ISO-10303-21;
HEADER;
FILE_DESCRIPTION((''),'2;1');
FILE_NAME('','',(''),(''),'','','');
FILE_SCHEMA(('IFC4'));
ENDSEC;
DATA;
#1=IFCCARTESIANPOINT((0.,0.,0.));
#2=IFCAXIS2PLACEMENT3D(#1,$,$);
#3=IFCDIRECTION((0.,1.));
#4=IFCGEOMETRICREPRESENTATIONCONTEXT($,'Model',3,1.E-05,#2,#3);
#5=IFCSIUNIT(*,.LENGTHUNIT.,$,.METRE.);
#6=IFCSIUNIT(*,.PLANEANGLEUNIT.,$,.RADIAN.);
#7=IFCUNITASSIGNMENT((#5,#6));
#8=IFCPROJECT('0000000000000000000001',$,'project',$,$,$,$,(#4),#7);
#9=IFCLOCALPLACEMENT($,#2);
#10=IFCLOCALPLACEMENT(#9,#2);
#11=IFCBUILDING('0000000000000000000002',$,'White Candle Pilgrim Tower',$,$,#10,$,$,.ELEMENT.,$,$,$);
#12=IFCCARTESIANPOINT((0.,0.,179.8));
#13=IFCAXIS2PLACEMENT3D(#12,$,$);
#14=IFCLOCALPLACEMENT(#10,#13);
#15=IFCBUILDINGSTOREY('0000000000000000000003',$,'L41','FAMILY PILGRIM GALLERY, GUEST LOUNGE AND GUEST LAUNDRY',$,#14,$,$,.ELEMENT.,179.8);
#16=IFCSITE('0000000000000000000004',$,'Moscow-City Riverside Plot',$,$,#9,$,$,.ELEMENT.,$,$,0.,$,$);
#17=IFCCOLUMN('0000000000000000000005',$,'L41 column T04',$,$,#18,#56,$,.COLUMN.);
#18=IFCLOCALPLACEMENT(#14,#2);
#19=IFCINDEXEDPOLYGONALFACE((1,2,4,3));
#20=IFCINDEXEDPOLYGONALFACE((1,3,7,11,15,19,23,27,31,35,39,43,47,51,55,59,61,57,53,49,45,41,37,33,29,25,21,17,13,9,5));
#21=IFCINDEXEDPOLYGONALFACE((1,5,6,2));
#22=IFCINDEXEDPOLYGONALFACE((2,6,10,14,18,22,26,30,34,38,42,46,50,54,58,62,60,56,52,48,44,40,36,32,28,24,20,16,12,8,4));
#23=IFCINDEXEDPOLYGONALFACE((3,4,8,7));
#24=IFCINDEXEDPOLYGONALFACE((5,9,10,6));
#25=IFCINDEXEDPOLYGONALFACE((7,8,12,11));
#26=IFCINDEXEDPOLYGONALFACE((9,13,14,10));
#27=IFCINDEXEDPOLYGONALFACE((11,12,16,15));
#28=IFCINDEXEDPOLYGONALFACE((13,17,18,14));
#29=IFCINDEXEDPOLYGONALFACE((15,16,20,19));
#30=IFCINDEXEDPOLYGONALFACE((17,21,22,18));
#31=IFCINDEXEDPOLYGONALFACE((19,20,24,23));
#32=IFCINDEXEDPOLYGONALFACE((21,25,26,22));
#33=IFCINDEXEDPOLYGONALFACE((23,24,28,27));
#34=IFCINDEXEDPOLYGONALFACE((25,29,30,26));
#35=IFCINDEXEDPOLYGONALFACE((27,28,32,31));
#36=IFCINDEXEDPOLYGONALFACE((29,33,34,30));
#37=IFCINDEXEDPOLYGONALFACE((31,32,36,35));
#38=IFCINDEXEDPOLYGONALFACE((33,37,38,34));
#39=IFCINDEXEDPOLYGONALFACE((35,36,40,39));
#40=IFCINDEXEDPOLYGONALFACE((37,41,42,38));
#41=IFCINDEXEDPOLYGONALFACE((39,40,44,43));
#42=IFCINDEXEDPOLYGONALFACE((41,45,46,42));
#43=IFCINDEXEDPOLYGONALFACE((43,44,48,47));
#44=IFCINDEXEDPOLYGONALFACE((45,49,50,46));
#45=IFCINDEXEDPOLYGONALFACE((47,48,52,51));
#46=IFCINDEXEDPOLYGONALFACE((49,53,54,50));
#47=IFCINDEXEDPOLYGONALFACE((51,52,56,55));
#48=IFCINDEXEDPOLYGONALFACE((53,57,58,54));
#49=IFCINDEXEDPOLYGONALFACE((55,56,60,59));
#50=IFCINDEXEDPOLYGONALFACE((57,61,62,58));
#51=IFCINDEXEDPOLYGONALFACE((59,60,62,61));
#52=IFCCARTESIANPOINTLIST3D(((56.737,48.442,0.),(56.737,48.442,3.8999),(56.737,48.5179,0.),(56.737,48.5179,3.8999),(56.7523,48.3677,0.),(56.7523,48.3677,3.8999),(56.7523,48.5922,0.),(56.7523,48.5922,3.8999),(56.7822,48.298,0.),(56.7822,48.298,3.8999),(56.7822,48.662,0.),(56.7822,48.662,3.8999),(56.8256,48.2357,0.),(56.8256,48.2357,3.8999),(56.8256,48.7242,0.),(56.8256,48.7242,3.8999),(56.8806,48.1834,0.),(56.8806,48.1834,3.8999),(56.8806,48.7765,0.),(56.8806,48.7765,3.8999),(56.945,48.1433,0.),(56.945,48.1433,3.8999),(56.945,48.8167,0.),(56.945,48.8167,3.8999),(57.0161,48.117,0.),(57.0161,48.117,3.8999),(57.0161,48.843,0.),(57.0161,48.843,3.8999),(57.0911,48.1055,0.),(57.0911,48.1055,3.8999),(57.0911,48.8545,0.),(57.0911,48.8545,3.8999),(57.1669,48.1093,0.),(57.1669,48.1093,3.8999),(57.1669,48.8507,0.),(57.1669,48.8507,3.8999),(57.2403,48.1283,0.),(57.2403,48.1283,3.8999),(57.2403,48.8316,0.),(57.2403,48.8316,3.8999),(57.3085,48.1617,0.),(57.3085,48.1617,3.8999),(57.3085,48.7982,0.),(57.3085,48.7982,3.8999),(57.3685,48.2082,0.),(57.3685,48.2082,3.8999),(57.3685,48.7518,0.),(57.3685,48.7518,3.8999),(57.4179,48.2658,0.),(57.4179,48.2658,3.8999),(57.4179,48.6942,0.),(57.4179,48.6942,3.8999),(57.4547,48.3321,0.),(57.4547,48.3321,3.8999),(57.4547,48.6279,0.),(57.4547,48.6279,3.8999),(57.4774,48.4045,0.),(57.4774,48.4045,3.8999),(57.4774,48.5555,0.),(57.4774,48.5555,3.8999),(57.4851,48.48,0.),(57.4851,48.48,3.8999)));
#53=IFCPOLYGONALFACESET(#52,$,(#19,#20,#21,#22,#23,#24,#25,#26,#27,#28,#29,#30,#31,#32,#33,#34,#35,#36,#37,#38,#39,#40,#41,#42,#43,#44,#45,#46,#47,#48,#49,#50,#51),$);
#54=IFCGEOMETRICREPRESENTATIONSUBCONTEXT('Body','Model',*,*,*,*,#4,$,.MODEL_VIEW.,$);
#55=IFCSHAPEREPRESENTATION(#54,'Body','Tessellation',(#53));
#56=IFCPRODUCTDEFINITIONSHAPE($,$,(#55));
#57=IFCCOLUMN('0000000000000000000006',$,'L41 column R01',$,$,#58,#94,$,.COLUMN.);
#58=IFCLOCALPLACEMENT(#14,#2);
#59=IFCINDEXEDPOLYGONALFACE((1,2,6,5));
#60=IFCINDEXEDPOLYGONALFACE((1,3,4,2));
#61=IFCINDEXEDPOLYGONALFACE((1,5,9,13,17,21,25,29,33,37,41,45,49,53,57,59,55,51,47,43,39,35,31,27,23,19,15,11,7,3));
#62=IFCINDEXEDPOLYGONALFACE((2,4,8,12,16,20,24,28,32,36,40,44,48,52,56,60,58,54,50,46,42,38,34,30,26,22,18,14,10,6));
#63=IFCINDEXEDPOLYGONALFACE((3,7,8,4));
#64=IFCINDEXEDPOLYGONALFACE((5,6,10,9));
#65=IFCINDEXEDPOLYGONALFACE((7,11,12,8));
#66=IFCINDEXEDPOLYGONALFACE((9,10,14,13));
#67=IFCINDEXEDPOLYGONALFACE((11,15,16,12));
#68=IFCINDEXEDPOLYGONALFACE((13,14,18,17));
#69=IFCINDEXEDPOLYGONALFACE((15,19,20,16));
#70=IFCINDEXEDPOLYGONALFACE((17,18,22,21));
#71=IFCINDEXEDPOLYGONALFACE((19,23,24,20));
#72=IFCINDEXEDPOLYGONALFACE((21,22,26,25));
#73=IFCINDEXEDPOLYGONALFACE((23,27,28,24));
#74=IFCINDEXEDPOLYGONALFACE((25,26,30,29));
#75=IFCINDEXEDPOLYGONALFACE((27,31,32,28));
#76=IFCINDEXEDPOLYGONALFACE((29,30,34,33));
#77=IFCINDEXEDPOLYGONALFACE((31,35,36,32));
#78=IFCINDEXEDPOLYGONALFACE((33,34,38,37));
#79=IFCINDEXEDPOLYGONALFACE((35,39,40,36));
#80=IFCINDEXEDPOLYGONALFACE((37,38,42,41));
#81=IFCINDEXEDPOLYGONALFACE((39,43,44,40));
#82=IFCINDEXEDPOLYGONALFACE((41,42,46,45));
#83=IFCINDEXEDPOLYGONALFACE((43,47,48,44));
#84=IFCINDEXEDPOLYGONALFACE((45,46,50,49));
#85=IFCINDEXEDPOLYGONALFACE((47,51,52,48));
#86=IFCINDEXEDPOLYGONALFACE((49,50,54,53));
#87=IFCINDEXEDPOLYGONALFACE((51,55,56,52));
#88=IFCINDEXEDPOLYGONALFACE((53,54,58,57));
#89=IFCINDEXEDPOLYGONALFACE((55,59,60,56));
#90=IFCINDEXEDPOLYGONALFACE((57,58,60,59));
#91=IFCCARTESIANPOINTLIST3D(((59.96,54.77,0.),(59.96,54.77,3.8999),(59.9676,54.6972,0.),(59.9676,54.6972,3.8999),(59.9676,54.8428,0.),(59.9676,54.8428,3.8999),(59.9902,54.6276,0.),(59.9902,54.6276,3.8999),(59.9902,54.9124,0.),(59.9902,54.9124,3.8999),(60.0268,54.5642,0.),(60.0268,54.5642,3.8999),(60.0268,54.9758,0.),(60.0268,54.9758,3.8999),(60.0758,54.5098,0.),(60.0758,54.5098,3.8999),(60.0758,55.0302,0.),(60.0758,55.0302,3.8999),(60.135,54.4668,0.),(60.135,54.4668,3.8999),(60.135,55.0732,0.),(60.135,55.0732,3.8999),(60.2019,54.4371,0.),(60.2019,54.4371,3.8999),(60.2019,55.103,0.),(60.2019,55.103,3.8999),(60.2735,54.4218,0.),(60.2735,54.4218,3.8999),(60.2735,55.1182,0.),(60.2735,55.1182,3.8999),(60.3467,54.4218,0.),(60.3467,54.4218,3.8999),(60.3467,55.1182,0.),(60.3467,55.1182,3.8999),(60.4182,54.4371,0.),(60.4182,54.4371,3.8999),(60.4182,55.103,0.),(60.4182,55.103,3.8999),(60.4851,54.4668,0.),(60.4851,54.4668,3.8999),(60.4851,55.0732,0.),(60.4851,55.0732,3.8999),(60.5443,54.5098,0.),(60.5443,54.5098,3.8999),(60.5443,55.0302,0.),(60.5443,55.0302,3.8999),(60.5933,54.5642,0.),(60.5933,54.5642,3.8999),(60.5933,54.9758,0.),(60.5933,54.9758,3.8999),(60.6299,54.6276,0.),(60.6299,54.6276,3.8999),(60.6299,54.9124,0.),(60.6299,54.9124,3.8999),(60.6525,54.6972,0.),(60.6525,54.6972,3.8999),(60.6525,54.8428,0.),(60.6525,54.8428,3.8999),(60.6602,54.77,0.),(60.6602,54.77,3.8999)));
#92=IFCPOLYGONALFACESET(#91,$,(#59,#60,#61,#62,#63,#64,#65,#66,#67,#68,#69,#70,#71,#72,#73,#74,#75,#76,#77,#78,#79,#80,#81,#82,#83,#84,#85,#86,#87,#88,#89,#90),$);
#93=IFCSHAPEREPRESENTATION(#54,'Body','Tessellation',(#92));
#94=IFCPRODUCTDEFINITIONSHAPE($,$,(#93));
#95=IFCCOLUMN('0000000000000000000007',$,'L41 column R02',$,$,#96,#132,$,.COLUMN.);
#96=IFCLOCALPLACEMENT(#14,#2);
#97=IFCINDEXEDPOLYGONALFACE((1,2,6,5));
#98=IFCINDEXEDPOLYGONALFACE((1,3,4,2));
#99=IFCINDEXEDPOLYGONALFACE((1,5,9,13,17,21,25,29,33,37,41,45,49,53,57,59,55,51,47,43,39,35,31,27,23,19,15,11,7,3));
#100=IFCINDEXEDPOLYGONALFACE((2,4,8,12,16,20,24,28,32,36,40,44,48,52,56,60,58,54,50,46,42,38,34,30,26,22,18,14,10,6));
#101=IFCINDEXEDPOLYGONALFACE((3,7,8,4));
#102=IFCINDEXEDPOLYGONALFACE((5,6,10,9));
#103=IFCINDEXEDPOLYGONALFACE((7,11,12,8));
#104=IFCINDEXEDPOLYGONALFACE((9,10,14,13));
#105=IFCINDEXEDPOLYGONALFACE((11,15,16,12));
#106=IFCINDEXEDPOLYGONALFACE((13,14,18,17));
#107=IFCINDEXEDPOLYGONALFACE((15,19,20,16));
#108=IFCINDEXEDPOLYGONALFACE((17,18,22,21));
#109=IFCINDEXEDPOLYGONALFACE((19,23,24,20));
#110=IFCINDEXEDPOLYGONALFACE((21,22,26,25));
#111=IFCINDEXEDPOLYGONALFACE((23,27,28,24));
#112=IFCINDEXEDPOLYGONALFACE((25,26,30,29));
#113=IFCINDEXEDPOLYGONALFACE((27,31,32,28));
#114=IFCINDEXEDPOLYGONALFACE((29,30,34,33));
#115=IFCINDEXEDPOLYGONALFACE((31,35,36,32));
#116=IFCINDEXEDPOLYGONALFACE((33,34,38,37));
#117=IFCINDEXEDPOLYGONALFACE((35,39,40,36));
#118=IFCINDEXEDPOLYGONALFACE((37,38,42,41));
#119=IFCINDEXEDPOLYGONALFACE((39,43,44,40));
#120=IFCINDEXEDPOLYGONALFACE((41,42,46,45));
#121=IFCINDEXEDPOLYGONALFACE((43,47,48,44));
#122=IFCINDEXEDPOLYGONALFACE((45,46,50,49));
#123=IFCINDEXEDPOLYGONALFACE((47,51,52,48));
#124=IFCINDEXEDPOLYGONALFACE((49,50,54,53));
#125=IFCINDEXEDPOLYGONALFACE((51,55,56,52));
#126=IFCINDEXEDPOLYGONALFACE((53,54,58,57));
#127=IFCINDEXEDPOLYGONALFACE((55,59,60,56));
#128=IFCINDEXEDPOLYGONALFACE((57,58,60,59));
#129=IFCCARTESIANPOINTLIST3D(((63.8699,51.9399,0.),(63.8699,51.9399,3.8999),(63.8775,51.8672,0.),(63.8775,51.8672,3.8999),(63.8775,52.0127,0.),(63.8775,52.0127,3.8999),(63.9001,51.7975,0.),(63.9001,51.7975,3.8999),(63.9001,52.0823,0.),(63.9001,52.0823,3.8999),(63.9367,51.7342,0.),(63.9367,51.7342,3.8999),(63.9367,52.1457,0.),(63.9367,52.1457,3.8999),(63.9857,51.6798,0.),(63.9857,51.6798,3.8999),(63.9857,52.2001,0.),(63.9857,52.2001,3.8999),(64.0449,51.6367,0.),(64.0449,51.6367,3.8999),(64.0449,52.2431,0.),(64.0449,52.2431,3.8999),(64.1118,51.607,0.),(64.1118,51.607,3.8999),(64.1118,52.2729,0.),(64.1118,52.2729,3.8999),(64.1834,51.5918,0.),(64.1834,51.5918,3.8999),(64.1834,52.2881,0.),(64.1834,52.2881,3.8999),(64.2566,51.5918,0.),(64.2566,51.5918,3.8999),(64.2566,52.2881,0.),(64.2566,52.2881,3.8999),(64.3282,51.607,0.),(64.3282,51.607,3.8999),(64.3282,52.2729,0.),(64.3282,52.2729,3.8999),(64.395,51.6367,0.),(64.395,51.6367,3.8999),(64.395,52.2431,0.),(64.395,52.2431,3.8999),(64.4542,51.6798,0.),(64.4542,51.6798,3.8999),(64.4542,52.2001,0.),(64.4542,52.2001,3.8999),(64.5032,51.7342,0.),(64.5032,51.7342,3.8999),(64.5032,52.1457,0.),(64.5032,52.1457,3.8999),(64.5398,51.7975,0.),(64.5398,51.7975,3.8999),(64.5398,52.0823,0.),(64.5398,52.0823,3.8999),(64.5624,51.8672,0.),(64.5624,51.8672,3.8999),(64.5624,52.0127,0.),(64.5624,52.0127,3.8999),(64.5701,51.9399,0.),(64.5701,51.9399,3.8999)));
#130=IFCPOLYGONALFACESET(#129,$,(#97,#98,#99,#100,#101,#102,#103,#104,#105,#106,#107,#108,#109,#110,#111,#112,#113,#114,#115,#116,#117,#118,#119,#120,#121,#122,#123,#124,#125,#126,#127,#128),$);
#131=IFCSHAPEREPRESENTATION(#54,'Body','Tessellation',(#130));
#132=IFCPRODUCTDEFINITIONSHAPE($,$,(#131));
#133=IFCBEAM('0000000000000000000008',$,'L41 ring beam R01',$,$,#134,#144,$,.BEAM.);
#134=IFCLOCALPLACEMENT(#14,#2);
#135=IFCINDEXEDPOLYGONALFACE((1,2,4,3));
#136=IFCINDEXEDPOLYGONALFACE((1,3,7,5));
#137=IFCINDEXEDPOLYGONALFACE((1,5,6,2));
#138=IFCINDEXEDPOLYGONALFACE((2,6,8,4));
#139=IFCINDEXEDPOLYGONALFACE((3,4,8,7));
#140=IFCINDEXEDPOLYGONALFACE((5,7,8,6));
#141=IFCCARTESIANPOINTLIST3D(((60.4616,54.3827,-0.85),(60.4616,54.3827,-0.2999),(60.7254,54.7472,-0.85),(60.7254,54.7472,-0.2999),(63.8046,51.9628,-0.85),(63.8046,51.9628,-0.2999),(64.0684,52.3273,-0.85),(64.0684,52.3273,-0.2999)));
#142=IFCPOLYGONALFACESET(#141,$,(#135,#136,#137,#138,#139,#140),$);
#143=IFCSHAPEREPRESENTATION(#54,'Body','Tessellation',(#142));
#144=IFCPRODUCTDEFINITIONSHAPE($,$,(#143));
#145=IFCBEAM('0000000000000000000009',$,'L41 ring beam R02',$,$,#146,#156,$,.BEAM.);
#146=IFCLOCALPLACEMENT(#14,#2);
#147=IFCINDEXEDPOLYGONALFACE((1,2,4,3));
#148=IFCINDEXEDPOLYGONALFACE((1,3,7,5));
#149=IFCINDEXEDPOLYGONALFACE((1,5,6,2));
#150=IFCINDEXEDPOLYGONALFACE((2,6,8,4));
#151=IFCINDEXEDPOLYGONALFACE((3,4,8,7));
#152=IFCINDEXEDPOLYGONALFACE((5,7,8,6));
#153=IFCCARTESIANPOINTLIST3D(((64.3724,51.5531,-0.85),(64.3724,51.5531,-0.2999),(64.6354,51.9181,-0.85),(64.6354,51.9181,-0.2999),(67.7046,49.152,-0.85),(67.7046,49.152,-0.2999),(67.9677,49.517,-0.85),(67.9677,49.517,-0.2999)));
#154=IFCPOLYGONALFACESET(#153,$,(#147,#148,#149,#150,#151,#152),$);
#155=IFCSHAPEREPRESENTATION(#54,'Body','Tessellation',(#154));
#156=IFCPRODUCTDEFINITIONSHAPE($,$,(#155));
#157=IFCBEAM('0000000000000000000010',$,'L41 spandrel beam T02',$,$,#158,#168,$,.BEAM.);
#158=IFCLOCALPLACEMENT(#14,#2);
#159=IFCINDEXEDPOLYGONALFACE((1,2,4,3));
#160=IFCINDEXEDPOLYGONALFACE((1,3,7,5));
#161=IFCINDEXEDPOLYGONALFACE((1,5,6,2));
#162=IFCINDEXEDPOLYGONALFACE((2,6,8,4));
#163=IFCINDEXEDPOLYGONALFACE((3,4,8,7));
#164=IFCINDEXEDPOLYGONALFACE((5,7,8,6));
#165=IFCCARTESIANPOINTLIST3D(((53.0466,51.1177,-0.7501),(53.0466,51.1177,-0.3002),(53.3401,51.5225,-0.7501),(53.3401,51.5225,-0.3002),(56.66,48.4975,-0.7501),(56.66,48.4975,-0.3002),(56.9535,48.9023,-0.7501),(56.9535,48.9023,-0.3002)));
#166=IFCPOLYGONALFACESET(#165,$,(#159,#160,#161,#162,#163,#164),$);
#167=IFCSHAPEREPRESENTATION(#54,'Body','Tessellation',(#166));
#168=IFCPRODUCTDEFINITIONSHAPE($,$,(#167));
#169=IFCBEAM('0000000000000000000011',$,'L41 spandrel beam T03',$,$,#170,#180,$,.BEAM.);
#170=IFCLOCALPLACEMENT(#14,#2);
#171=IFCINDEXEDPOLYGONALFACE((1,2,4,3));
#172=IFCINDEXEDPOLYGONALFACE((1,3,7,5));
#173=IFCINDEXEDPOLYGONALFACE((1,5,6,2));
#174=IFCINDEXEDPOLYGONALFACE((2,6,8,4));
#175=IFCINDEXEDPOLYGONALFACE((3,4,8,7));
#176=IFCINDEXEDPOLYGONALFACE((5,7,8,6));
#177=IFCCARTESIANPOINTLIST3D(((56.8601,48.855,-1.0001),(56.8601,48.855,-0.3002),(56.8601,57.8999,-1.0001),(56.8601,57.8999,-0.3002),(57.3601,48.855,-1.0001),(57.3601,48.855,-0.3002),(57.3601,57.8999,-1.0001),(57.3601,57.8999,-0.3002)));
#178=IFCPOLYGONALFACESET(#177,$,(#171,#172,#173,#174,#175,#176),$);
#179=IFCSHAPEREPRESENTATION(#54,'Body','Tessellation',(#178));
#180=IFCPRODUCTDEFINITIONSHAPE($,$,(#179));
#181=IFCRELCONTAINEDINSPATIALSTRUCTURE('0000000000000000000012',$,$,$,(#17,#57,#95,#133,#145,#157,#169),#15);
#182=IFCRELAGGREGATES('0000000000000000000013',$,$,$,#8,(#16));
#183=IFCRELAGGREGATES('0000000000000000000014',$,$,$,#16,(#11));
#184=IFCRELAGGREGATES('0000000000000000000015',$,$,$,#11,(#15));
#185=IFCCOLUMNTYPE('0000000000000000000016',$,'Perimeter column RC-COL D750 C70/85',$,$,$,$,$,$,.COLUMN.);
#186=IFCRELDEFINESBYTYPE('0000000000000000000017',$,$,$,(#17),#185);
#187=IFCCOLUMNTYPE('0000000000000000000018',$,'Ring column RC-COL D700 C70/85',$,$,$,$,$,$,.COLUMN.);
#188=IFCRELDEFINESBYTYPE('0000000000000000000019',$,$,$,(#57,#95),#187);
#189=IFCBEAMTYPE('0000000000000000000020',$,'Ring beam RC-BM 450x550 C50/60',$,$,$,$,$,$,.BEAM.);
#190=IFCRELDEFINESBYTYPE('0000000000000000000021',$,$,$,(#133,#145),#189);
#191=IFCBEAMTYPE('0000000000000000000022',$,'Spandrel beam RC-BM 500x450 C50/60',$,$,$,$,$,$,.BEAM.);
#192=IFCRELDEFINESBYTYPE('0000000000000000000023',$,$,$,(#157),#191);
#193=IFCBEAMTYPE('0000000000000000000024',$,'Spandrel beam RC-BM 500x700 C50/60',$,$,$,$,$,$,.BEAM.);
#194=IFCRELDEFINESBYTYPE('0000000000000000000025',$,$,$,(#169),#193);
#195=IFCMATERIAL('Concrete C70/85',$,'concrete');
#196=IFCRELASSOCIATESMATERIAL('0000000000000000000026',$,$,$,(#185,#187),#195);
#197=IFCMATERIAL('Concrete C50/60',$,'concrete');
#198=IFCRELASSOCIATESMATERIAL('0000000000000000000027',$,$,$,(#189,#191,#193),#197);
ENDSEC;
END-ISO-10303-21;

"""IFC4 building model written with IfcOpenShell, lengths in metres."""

from ifc_helpers import new_model, si_unit, direction, frame, origin, origin_2d, place, context, subcontext, project, spatial, rectangle, circle, extrude, material, material_profile, profile_set, type_object, element, save


model = new_model("IFC4")

# Units and contexts
model_context = context("Model", 3, precision=1e-05, world=origin(), true_north=direction((0.0, 1.0)))
body_context = subcontext(model_context, "Body", "Model", "MODEL_VIEW")
ifc_project = project(units=[si_unit("LENGTHUNIT", "METRE"), si_unit("PLANEANGLEUNIT", "RADIAN")], contexts=[model_context])

# Site, building, storey
site_placement = place(None, origin())
site = spatial("IfcSite", under=ifc_project, at=site_placement, Name="Moscow-City Riverside Plot", CompositionType="ELEMENT", RefElevation=0.0)
building_placement = place(site_placement, origin())
building = spatial("IfcBuilding", under=site, at=building_placement, Name="White Candle Pilgrim Tower", CompositionType="ELEMENT")
storey_placement = place(building_placement, frame((0.0, 0.0, 179.8)))
storey = spatial("IfcBuildingStorey", under=building, at=storey_placement, Name="L41", Description="FAMILY PILGRIM GALLERY, GUEST LOUNGE AND GUEST LAUNDRY", CompositionType="ELEMENT", Elevation=179.8)

# Columns
ifc_material_1 = material(Name="Concrete C70/85", Category="concrete")
ifc_material_profile_1 = material_profile(ifc_material_1, circle(Radius=0.375, at=origin_2d()), Name="RC-COL D750")
ifc_profile_set_1 = profile_set([ifc_material_profile_1], Name="Concrete C70/85")
column_type_1 = type_object("IfcColumnType", Name="Perimeter column RC-COL D750 C70/85", PredefinedType="COLUMN", material=ifc_profile_set_1)
column_placement = place(storey_placement, frame((57.1101, 48.48, 0.0), z_axis=(0.0, 0.0, 1.0), x_axis=(1.0, 0.0, 0.0)))
element("IfcColumn", 1, at=column_placement, inside=storey, type_object=column_type_1, Name="L41 column T04", PredefinedType="COLUMN", context=body_context, shape_type="SweptSolid", body=[
    extrude(circle(Radius=0.375, at=origin_2d()), origin(), (0.0, 0.0, 1.0), 3.8999),
])
ifc_material_profile_2 = material_profile(ifc_material_1, circle(Radius=0.3501, at=origin_2d()), Name="RC-COL D700")
ifc_profile_set_2 = profile_set([ifc_material_profile_2], Name="Concrete C70/85")
column_type_2 = type_object("IfcColumnType", Name="Ring column RC-COL D700 C70/85", PredefinedType="COLUMN", material=ifc_profile_set_2)
for number, where, z_axis, x_axis, name in (
    (2, (60.3101, 54.77, 0.0), (0.0, 0.0, 1.0), (1.0, 0.0, 0.0), "L41 column R01"),
    (3, (64.22, 51.9399, 0.0), (0.0, 0.0, 1.0), (1.0, 0.0, 0.0), "L41 column R02"),
):
    element("IfcColumn", number, at=place(storey_placement, frame(where, z_axis=z_axis, x_axis=x_axis)), inside=storey, type_object=column_type_2, Name=name, PredefinedType="COLUMN", context=body_context, shape_type="SweptSolid", body=[
        extrude(circle(Radius=0.3501, at=origin_2d()), origin(), (0.0, 0.0, 1.0), 3.8999),
    ])

# Beams
ifc_material_2 = material(Name="Concrete C50/60", Category="concrete")
ifc_material_profile_3 = material_profile(ifc_material_2, rectangle(XDim=0.45, YDim=0.55, at=origin_2d()), Name="RC-BM 450x550")
ifc_profile_set_3 = profile_set([ifc_material_profile_3], Name="Concrete C50/60")
beam_type_1 = type_object("IfcBeamType", Name="Ring beam RC-BM 450x550 C50/60", PredefinedType="BEAM", material=ifc_profile_set_3)
beam_1_placement = place(storey_placement, frame((60.5935, 54.5649, -0.575), z_axis=(0.810044, -0.586369, 0.0), x_axis=(0.586369, 0.810044, 0.0)))
element("IfcBeam", 4, at=beam_1_placement, inside=storey, type_object=beam_type_1, Name="L41 ring beam R01", PredefinedType="BEAM", context=body_context, shape_type="SweptSolid", body=[
    extrude(rectangle(XDim=0.45, YDim=0.55, at=origin_2d()), origin(), (0.0, 0.0, 1.0), 4.127),
])
beam_2_placement = place(storey_placement, frame((64.5039, 51.7356, -0.575), z_axis=(0.811317, -0.584607, 0.0), x_axis=(0.584607, 0.811317, 0.0)))
element("IfcBeam", 5, at=beam_2_placement, inside=storey, type_object=beam_type_1, Name="L41 ring beam R02", PredefinedType="BEAM", context=body_context, shape_type="SweptSolid", body=[
    extrude(rectangle(XDim=0.45, YDim=0.55, at=origin_2d()), origin(), (0.0, 0.0, 1.0), 4.1072),
])
ifc_material_profile_4 = material_profile(ifc_material_2, rectangle(XDim=0.5, YDim=0.45, at=origin_2d()), Name="RC-BM 500x450")
ifc_profile_set_4 = profile_set([ifc_material_profile_4], Name="Concrete C50/60")
beam_type_2 = type_object("IfcBeamType", Name="Spandrel beam RC-BM 500x450 C50/60", PredefinedType="BEAM", material=ifc_profile_set_4)
beam_3_placement = place(storey_placement, frame((53.1934, 51.3201, -0.5251), z_axis=(0.809558, -0.587039, 0.0), x_axis=(0.587039, 0.809558, 0.0)))
element("IfcBeam", 6, at=beam_3_placement, inside=storey, type_object=beam_type_2, Name="L41 spandrel beam T02", PredefinedType="BEAM", context=body_context, shape_type="SweptSolid", body=[
    extrude(rectangle(XDim=0.5, YDim=0.45, at=origin_2d()), origin(), (0.0, 0.0, 1.0), 4.4634),
])
ifc_material_profile_5 = material_profile(ifc_material_2, rectangle(XDim=0.5, YDim=0.7, at=origin_2d()), Name="RC-BM 500x700")
ifc_profile_set_5 = profile_set([ifc_material_profile_5], Name="Concrete C50/60")
beam_type_3 = type_object("IfcBeamType", Name="Spandrel beam RC-BM 500x700 C50/60", PredefinedType="BEAM", material=ifc_profile_set_5)
beam_4_placement = place(storey_placement, frame((57.1101, 48.855, -0.6501), z_axis=(0.0, 1.0, 0.0), x_axis=(-1.0, 0.0, 0.0)))
element("IfcBeam", 7, at=beam_4_placement, inside=storey, type_object=beam_type_3, Name="L41 spandrel beam T03", PredefinedType="BEAM", context=body_context, shape_type="SweptSolid", body=[
    extrude(rectangle(XDim=0.5, YDim=0.7, at=origin_2d()), origin(), (0.0, 0.0, 1.0), 9.0449),
])

save(model, "model.ifc")
